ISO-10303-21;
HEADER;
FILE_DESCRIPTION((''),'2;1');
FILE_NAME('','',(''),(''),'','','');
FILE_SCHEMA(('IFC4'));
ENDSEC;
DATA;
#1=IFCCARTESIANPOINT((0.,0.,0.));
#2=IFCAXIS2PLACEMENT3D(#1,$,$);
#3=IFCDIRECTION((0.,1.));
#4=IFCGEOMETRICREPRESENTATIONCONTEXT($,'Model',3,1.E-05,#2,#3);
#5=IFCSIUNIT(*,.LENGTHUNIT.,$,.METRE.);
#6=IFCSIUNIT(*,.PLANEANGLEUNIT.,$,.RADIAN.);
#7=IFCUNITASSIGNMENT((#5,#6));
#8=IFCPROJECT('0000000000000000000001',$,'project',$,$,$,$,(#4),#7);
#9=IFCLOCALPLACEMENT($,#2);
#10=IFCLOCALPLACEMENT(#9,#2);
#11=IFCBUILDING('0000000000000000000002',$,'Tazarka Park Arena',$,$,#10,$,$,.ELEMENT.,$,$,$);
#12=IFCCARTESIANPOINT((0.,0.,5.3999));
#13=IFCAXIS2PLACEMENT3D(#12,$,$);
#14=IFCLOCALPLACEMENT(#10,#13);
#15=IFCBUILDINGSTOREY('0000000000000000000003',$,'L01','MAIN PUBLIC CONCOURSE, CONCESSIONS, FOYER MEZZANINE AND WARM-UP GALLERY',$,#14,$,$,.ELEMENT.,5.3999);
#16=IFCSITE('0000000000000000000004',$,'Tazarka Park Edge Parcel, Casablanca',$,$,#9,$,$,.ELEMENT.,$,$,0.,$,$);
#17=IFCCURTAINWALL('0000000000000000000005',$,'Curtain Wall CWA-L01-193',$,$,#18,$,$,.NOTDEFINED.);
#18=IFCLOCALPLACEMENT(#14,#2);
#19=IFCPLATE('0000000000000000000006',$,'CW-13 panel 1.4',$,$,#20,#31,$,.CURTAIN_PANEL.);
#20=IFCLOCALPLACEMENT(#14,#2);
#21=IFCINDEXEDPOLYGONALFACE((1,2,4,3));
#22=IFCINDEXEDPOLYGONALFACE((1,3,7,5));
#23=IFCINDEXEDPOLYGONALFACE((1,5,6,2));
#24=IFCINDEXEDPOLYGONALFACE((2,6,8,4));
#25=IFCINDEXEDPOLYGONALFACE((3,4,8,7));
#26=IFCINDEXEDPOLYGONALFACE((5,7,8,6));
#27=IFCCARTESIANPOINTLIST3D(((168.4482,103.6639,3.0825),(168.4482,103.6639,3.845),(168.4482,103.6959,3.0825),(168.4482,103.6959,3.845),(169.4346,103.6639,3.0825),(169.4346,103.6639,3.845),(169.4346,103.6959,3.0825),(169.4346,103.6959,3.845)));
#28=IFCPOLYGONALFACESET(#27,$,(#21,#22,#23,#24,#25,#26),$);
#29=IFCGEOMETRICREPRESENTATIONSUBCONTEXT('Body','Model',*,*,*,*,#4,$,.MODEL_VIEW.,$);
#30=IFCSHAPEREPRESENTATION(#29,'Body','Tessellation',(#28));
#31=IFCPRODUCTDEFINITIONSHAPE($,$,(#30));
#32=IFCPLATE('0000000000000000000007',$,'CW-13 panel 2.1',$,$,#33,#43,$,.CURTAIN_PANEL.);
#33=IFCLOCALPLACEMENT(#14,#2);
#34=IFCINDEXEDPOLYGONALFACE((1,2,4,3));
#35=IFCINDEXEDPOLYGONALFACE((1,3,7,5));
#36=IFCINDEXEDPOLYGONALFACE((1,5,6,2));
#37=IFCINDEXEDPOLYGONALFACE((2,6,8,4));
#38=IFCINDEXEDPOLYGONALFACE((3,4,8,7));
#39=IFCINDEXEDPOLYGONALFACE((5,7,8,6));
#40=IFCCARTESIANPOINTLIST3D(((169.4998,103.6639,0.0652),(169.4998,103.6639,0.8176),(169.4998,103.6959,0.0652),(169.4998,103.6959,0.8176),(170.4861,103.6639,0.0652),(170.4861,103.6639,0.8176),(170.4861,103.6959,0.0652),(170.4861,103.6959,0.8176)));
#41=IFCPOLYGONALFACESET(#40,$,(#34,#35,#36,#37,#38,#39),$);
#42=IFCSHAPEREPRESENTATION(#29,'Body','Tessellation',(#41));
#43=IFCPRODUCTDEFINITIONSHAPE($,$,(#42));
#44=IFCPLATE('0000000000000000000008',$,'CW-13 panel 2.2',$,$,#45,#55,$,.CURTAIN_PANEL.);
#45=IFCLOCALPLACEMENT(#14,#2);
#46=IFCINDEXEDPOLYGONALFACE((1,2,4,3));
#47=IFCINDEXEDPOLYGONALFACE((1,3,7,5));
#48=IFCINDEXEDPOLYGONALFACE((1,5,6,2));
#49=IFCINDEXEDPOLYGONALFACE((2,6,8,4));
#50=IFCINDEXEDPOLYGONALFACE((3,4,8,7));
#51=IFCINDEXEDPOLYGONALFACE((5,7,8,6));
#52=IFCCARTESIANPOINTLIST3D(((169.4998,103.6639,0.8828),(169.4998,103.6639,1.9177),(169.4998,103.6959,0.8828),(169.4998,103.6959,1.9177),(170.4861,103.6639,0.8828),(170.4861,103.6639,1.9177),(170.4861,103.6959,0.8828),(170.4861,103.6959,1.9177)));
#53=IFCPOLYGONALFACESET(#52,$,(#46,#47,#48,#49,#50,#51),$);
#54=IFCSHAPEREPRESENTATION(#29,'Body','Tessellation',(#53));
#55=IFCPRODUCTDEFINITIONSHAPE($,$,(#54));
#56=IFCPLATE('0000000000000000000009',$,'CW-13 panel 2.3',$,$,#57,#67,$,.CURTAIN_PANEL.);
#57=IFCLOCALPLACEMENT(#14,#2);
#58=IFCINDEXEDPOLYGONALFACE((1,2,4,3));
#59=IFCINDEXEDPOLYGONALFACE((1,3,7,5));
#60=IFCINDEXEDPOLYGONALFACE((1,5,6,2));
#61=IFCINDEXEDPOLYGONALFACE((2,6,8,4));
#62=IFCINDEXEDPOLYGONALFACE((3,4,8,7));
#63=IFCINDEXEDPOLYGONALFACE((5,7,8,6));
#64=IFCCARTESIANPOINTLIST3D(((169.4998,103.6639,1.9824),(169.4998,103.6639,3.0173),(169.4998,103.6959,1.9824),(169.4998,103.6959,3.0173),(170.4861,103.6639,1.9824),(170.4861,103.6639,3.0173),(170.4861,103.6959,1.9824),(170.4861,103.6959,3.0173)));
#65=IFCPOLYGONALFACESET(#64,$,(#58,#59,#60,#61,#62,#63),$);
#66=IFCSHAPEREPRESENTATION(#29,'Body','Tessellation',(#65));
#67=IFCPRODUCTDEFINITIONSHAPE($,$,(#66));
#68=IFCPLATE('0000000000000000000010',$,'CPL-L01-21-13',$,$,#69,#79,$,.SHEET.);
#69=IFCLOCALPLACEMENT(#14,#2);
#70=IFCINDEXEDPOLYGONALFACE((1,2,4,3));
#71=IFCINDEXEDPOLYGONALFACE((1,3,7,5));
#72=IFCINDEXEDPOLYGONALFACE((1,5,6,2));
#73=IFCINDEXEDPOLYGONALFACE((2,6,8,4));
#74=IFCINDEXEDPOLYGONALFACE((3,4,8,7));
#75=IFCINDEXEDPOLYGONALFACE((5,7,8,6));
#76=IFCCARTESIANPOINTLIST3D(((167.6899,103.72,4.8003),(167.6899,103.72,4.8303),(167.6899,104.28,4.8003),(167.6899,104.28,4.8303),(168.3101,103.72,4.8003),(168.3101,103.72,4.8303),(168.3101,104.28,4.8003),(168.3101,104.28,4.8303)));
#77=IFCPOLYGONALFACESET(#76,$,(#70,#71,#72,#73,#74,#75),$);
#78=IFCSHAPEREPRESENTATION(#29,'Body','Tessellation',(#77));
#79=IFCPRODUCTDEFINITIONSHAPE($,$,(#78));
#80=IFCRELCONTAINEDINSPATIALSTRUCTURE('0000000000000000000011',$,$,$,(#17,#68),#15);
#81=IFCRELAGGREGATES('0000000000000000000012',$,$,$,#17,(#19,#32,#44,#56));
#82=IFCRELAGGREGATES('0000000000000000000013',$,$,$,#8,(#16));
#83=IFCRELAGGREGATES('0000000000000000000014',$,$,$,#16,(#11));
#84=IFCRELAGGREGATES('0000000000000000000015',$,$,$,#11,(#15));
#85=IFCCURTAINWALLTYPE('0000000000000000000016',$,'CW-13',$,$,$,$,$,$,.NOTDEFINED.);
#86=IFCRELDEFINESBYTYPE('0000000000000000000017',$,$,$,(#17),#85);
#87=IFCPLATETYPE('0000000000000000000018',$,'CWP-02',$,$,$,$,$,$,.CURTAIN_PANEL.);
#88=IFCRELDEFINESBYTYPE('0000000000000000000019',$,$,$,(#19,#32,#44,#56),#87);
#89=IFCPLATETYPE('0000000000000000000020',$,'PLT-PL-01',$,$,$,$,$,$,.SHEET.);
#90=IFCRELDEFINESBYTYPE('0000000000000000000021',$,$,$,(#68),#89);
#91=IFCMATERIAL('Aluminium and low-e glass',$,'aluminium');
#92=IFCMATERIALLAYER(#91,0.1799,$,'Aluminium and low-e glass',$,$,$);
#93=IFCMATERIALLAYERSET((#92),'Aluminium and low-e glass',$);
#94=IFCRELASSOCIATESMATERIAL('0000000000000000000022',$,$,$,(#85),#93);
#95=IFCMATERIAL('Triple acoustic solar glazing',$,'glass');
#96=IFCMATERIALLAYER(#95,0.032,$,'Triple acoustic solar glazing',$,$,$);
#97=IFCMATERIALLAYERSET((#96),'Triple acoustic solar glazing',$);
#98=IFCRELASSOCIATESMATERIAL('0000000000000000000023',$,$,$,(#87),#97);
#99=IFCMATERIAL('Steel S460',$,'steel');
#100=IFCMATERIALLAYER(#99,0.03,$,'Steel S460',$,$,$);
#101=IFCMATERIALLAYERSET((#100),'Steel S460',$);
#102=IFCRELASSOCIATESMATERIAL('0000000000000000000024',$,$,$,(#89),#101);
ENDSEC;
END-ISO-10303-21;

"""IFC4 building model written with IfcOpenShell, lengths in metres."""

from ifc_helpers import new_model, si_unit, direction, frame, origin, origin_2d, place, context, subcontext, project, spatial, rectangle, extrude, material, layer, layer_set, type_object, element, aggregate, save


model = new_model("IFC4")

# Units and contexts
model_context = context("Model", 3, precision=1e-05, world=origin(), true_north=direction((0.0, 1.0)))
body_context = subcontext(model_context, "Body", "Model", "MODEL_VIEW")
ifc_project = project(units=[si_unit("LENGTHUNIT", "METRE"), si_unit("PLANEANGLEUNIT", "RADIAN")], contexts=[model_context])

# Site, building, storey
site_placement = place(None, origin())
site = spatial("IfcSite", under=ifc_project, at=site_placement, Name="Tazarka Park Edge Parcel, Casablanca", CompositionType="ELEMENT", RefElevation=0.0)
building_placement = place(site_placement, origin())
building = spatial("IfcBuilding", under=site, at=building_placement, Name="Tazarka Park Arena", CompositionType="ELEMENT")
storey_placement = place(building_placement, frame((0.0, 0.0, 5.3999)))
storey = spatial("IfcBuildingStorey", under=building, at=storey_placement, Name="L01", Description="MAIN PUBLIC CONCOURSE, CONCESSIONS, FOYER MEZZANINE AND WARM-UP GALLERY", CompositionType="ELEMENT", Elevation=5.3999)

# Curtain wall
ifc_material_1 = material(Name="Aluminium and low-e glass", Category="aluminium")
ifc_layer_1 = layer(ifc_material_1, 0.1799, Name="Aluminium and low-e glass")
ifc_layer_set_1 = layer_set([ifc_layer_1], Name="Aluminium and low-e glass")
curtain_wall_type_1 = type_object("IfcCurtainWallType", Name="CW-13", PredefinedType="NOTDEFINED", material=ifc_layer_set_1)
curtain_wall_1_placement = place(storey_placement, origin())
curtain_wall_1 = element("IfcCurtainWall", 1, at=curtain_wall_1_placement, inside=storey, type_object=curtain_wall_type_1, Name="Curtain Wall CWA-L01-193", PredefinedType="NOTDEFINED")

# Plates
ifc_material_2 = material(Name="Triple acoustic solar glazing", Category="glass")
ifc_layer_2 = layer(ifc_material_2, 0.032, Name="Triple acoustic solar glazing")
ifc_layer_set_2 = layer_set([ifc_layer_2], Name="Triple acoustic solar glazing")
plate_type_1 = type_object("IfcPlateType", Name="CWP-02", PredefinedType="CURTAIN_PANEL", material=ifc_layer_set_2)
plate_1_placement = place(storey_placement, frame((168.9414, 103.6799, 3.0825), z_axis=(0.0, 0.0, 1.0), x_axis=(1.0, 0.0, 0.0)))
plate_1 = element("IfcPlate", 2, at=plate_1_placement, type_object=plate_type_1, Name="CW-13 panel 1.4", PredefinedType="CURTAIN_PANEL", context=body_context, shape_type="SweptSolid", body=[
    extrude(rectangle(XDim=0.9863, YDim=0.032, at=origin_2d()), origin(), (0.0, 0.0, 1.0), 0.7625),
])
plate_2_placement = place(storey_placement, frame((169.9929, 103.6799, 0.0652), z_axis=(0.0, 0.0, 1.0), x_axis=(1.0, 0.0, 0.0)))
plate_2 = element("IfcPlate", 3, at=plate_2_placement, type_object=plate_type_1, Name="CW-13 panel 2.1", PredefinedType="CURTAIN_PANEL", context=body_context, shape_type="SweptSolid", body=[
    extrude(rectangle(XDim=0.9863, YDim=0.032, at=origin_2d()), origin(), (0.0, 0.0, 1.0), 0.7524),
])
plate_3_placement = place(storey_placement, frame((169.9929, 103.6799, 0.8828), z_axis=(0.0, 0.0, 1.0), x_axis=(1.0, 0.0, 0.0)))
plate_3 = element("IfcPlate", 4, at=plate_3_placement, type_object=plate_type_1, Name="CW-13 panel 2.2", PredefinedType="CURTAIN_PANEL", context=body_context, shape_type="SweptSolid", body=[
    extrude(rectangle(XDim=0.9863, YDim=0.032, at=origin_2d()), origin(), (0.0, 0.0, 1.0), 1.0349),
])
plate_4_placement = place(storey_placement, frame((169.9929, 103.6799, 1.9824), z_axis=(0.0, 0.0, 1.0), x_axis=(1.0, 0.0, 0.0)))
plate_4 = element("IfcPlate", 5, at=plate_4_placement, type_object=plate_type_1, Name="CW-13 panel 2.3", PredefinedType="CURTAIN_PANEL", context=body_context, shape_type="SweptSolid", body=[
    extrude(rectangle(XDim=0.9863, YDim=0.032, at=origin_2d()), origin(), (0.0, 0.0, 1.0), 1.0349),
])
aggregate(curtain_wall_1, [plate_1, plate_2, plate_3, plate_4])
ifc_material_3 = material(Name="Steel S460", Category="steel")
ifc_layer_3 = layer(ifc_material_3, 0.03, Name="Steel S460")
ifc_layer_set_3 = layer_set([ifc_layer_3], Name="Steel S460")
plate_type_2 = type_object("IfcPlateType", Name="PLT-PL-01", PredefinedType="SHEET", material=ifc_layer_set_3)
plate_5_placement = place(storey_placement, frame((168.0, 104.0, 4.8003), z_axis=(0.0, 0.0, 1.0), x_axis=(1.0, 0.0, 0.0)))
element("IfcPlate", 6, at=plate_5_placement, inside=storey, type_object=plate_type_2, Name="CPL-L01-21-13", PredefinedType="SHEET", context=body_context, shape_type="SweptSolid", body=[
    extrude(rectangle(XDim=0.6201, YDim=0.5601, at=origin_2d()), origin(), (0.0, 0.0, 1.0), 0.03),
])

save(model, "model.ifc")
